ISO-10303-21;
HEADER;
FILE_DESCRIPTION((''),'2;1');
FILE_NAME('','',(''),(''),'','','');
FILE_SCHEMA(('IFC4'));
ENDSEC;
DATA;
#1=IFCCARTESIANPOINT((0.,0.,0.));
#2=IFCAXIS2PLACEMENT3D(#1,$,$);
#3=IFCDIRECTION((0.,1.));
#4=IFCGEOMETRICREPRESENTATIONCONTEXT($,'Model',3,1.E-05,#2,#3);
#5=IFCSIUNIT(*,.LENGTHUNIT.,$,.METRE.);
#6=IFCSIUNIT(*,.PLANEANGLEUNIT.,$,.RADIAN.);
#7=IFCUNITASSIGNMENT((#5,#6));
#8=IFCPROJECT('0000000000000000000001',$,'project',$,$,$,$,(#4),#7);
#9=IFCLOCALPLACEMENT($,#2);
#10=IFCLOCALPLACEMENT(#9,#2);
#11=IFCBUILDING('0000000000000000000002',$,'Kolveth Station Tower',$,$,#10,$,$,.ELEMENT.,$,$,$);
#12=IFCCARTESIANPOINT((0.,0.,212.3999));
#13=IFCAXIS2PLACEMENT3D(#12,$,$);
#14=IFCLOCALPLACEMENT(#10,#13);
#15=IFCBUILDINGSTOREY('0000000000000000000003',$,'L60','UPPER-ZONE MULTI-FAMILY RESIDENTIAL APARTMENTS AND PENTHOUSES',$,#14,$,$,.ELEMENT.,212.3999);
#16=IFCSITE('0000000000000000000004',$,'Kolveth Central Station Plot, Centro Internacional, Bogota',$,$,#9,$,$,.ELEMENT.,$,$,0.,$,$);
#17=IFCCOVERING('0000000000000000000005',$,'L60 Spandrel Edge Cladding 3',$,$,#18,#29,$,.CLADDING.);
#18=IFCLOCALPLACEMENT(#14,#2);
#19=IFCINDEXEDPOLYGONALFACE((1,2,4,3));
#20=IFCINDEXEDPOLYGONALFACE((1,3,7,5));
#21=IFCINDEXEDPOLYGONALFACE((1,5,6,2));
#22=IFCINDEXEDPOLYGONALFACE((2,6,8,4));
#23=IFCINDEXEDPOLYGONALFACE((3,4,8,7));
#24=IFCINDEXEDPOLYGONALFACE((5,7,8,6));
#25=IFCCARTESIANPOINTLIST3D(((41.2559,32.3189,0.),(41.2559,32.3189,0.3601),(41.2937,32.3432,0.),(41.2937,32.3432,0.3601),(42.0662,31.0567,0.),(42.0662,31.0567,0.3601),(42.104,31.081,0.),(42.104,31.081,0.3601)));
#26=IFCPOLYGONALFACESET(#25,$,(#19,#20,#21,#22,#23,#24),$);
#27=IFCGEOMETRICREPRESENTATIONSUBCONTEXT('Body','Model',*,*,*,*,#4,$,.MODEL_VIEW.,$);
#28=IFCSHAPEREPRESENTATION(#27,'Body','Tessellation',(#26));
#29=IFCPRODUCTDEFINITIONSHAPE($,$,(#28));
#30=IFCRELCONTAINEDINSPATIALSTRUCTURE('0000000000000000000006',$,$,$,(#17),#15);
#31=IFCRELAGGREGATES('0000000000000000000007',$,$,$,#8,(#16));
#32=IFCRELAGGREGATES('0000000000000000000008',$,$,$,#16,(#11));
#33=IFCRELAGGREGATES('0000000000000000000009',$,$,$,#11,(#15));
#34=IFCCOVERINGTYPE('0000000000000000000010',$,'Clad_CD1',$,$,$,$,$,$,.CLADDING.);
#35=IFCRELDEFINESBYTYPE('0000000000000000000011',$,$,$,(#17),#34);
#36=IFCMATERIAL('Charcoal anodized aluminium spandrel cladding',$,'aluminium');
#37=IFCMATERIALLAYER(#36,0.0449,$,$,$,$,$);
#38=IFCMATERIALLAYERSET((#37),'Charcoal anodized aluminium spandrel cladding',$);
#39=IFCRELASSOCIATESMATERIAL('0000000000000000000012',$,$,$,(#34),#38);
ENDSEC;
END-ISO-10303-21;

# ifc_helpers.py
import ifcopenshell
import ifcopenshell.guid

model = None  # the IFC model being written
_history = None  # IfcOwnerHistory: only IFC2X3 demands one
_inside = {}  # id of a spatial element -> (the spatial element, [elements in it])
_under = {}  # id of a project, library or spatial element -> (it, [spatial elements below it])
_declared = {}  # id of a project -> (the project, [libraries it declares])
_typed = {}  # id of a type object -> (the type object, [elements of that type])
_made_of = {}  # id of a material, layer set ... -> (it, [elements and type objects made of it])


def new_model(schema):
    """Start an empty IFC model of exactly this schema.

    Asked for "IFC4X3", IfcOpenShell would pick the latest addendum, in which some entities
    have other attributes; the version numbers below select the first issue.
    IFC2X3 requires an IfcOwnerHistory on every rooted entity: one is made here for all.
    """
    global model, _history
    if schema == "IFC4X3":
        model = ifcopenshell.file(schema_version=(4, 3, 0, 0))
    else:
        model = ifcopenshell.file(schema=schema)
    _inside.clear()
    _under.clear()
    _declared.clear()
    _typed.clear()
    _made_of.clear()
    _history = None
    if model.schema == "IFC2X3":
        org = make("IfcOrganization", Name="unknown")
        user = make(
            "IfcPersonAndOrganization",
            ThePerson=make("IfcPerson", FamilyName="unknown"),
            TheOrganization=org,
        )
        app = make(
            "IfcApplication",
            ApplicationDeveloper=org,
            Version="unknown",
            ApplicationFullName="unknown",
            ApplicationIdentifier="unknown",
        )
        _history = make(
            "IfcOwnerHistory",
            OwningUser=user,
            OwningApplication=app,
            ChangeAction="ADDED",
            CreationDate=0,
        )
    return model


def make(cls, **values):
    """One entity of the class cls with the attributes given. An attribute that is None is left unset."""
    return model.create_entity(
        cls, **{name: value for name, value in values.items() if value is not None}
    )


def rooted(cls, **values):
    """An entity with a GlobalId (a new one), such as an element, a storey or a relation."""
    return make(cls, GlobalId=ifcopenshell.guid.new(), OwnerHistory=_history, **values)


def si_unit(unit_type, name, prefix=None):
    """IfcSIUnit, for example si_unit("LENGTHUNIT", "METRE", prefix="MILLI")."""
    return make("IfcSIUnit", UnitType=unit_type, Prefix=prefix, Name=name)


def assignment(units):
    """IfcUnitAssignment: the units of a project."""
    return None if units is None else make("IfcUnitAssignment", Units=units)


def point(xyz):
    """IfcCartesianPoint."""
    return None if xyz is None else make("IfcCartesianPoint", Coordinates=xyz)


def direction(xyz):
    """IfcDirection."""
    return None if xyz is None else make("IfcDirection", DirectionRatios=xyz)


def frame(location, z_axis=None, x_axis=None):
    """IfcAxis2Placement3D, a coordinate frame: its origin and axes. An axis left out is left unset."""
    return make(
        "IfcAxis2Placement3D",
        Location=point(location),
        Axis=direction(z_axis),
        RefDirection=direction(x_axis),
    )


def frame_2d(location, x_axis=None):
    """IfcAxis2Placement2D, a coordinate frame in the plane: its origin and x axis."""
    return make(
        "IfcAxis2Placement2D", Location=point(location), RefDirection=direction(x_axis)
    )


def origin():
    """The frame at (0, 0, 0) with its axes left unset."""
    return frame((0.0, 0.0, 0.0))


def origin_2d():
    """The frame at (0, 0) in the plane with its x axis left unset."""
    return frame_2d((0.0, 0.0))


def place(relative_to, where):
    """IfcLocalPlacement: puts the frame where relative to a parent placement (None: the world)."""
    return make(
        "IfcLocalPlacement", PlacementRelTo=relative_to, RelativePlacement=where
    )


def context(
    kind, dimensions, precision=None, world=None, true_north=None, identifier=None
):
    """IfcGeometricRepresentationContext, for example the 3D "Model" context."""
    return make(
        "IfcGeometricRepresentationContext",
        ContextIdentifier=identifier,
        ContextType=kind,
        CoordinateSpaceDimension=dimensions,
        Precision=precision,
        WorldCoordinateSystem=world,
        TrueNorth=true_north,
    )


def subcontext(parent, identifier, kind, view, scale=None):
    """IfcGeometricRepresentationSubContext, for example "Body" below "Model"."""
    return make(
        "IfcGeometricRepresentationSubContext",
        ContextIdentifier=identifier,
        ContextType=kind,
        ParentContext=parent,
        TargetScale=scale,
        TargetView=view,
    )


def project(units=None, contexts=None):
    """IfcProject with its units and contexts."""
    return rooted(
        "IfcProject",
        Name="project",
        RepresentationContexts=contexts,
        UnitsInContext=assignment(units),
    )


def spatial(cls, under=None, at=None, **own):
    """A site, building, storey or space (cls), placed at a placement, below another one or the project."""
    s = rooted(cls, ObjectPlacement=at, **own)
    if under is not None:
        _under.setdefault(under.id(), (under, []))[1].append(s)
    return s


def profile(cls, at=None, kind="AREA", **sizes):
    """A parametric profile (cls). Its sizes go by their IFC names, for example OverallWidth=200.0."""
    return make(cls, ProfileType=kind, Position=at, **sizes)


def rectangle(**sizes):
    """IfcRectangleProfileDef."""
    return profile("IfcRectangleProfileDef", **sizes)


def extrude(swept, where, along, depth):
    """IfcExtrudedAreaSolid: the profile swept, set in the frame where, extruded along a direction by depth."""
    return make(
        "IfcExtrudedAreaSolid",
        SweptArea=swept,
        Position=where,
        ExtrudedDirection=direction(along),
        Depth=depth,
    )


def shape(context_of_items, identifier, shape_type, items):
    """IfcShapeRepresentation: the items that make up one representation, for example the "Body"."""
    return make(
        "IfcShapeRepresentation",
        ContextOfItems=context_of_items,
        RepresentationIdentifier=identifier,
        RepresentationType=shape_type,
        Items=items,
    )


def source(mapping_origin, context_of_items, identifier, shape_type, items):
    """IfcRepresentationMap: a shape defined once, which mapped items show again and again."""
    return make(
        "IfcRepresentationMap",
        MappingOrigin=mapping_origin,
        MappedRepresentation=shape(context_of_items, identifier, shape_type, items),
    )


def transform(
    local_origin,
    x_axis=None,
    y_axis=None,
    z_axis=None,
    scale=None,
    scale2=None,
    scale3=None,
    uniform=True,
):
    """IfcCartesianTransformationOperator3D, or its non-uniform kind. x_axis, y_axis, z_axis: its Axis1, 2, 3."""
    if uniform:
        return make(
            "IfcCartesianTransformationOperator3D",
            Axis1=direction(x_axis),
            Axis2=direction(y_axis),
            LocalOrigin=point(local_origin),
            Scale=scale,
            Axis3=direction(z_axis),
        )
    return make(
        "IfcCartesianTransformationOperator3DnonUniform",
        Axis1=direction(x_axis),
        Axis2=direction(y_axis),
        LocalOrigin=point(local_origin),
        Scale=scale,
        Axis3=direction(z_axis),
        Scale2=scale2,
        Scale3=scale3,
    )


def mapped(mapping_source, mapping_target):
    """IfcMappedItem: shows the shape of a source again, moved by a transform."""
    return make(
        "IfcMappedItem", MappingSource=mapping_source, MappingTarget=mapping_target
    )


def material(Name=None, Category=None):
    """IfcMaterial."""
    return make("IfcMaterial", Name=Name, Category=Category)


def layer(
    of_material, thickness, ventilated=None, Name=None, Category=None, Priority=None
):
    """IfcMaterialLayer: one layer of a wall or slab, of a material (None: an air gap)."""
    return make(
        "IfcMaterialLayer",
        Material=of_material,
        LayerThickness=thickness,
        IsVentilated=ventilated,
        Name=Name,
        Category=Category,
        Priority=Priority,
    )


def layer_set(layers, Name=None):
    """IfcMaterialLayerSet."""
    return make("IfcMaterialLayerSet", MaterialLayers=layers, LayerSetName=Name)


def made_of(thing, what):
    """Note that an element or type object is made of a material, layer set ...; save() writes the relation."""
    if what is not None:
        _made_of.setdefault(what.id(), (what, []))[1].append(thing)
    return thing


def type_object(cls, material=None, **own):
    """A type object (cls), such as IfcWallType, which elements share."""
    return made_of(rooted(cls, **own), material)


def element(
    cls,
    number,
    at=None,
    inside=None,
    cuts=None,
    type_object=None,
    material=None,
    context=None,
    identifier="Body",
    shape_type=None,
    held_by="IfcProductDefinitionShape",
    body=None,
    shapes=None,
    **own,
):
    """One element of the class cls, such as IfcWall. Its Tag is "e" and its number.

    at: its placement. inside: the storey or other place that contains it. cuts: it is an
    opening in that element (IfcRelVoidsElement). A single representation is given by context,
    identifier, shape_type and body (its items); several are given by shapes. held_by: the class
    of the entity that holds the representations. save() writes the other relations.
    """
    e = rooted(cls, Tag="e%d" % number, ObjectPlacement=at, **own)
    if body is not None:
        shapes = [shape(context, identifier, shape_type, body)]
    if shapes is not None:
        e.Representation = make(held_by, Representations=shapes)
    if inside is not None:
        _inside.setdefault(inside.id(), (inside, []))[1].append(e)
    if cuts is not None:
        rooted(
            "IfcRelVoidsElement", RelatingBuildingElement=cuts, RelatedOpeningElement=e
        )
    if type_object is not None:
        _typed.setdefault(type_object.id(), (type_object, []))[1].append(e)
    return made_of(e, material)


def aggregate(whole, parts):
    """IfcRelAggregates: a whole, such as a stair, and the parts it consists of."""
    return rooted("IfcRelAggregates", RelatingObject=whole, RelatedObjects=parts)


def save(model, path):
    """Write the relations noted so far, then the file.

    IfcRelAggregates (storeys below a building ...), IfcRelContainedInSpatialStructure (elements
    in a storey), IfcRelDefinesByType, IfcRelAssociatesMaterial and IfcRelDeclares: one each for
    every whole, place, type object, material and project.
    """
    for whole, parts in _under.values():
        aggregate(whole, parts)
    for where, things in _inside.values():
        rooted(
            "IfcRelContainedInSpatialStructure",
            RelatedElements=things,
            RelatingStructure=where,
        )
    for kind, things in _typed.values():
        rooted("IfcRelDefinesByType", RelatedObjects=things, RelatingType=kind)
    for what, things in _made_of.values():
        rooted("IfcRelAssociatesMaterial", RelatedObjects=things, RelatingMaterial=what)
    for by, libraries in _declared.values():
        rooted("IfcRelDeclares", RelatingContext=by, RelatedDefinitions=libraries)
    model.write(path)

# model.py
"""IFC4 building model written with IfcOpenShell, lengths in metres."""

from ifc_helpers import new_model, si_unit, direction, frame, origin, origin_2d, place, context, subcontext, project, spatial, rectangle, extrude, source, transform, mapped, material, layer, layer_set, type_object, element, save


model = new_model("IFC4")

# Units and contexts
model_context = context("Model", 3, precision=1e-05, world=origin(), true_north=direction((0.0, 1.0)))
body_context = subcontext(model_context, "Body", "Model", "MODEL_VIEW")
ifc_project = project(units=[si_unit("LENGTHUNIT", "METRE"), si_unit("PLANEANGLEUNIT", "RADIAN")], contexts=[model_context])

# Site, building, storey
site_placement = place(None, origin())
site = spatial("IfcSite", under=ifc_project, at=site_placement, Name="Kolveth Central Station Plot, Centro Internacional, Bogota", CompositionType="ELEMENT", RefElevation=0.0)
building_placement = place(site_placement, origin())
building = spatial("IfcBuilding", under=site, at=building_placement, Name="Kolveth Station Tower", CompositionType="ELEMENT")
storey_placement = place(building_placement, frame((0.0, 0.0, 212.3999)))
storey = spatial("IfcBuildingStorey", under=building, at=storey_placement, Name="L60", Description="UPPER-ZONE MULTI-FAMILY RESIDENTIAL APARTMENTS AND PENTHOUSES", CompositionType="ELEMENT", Elevation=212.3999)

# Covering
ifc_material_1 = material(Name="Charcoal anodized aluminium spandrel cladding", Category="aluminium")
ifc_layer_1 = layer(ifc_material_1, 0.0449)
ifc_layer_set_1 = layer_set([ifc_layer_1], Name="Charcoal anodized aluminium spandrel cladding")
covering_type = type_object("IfcCoveringType", Name="Clad_CD1", PredefinedType="CLADDING", material=ifc_layer_set_1)
shared_shape_1 = source(origin(), body_context, "Body", "SweptSolid", [
    extrude(rectangle(XDim=1.5, YDim=0.0449, at=origin_2d()), origin(), (0.0, 0.0, 1.0), 0.3601),
])
covering_placement = place(storey_placement, frame((41.6799, 31.7, 0.0), z_axis=(0.0, 0.0, 1.0), x_axis=(-0.54024, 0.841511, 0.0)))
element("IfcCovering", 1, at=covering_placement, inside=storey, type_object=covering_type, Name="L60 Spandrel Edge Cladding 3", PredefinedType="CLADDING", context=body_context, shape_type="MappedRepresentation", body=[
    mapped(shared_shape_1, transform((0.0, 0.0, 0.0), x_axis=(1.0, 0.0, 0.0), y_axis=(0.0, 1.0, 0.0), z_axis=(0.0, 0.0, 1.0), scale=1.0)),
])

save(model, "model.ifc")
